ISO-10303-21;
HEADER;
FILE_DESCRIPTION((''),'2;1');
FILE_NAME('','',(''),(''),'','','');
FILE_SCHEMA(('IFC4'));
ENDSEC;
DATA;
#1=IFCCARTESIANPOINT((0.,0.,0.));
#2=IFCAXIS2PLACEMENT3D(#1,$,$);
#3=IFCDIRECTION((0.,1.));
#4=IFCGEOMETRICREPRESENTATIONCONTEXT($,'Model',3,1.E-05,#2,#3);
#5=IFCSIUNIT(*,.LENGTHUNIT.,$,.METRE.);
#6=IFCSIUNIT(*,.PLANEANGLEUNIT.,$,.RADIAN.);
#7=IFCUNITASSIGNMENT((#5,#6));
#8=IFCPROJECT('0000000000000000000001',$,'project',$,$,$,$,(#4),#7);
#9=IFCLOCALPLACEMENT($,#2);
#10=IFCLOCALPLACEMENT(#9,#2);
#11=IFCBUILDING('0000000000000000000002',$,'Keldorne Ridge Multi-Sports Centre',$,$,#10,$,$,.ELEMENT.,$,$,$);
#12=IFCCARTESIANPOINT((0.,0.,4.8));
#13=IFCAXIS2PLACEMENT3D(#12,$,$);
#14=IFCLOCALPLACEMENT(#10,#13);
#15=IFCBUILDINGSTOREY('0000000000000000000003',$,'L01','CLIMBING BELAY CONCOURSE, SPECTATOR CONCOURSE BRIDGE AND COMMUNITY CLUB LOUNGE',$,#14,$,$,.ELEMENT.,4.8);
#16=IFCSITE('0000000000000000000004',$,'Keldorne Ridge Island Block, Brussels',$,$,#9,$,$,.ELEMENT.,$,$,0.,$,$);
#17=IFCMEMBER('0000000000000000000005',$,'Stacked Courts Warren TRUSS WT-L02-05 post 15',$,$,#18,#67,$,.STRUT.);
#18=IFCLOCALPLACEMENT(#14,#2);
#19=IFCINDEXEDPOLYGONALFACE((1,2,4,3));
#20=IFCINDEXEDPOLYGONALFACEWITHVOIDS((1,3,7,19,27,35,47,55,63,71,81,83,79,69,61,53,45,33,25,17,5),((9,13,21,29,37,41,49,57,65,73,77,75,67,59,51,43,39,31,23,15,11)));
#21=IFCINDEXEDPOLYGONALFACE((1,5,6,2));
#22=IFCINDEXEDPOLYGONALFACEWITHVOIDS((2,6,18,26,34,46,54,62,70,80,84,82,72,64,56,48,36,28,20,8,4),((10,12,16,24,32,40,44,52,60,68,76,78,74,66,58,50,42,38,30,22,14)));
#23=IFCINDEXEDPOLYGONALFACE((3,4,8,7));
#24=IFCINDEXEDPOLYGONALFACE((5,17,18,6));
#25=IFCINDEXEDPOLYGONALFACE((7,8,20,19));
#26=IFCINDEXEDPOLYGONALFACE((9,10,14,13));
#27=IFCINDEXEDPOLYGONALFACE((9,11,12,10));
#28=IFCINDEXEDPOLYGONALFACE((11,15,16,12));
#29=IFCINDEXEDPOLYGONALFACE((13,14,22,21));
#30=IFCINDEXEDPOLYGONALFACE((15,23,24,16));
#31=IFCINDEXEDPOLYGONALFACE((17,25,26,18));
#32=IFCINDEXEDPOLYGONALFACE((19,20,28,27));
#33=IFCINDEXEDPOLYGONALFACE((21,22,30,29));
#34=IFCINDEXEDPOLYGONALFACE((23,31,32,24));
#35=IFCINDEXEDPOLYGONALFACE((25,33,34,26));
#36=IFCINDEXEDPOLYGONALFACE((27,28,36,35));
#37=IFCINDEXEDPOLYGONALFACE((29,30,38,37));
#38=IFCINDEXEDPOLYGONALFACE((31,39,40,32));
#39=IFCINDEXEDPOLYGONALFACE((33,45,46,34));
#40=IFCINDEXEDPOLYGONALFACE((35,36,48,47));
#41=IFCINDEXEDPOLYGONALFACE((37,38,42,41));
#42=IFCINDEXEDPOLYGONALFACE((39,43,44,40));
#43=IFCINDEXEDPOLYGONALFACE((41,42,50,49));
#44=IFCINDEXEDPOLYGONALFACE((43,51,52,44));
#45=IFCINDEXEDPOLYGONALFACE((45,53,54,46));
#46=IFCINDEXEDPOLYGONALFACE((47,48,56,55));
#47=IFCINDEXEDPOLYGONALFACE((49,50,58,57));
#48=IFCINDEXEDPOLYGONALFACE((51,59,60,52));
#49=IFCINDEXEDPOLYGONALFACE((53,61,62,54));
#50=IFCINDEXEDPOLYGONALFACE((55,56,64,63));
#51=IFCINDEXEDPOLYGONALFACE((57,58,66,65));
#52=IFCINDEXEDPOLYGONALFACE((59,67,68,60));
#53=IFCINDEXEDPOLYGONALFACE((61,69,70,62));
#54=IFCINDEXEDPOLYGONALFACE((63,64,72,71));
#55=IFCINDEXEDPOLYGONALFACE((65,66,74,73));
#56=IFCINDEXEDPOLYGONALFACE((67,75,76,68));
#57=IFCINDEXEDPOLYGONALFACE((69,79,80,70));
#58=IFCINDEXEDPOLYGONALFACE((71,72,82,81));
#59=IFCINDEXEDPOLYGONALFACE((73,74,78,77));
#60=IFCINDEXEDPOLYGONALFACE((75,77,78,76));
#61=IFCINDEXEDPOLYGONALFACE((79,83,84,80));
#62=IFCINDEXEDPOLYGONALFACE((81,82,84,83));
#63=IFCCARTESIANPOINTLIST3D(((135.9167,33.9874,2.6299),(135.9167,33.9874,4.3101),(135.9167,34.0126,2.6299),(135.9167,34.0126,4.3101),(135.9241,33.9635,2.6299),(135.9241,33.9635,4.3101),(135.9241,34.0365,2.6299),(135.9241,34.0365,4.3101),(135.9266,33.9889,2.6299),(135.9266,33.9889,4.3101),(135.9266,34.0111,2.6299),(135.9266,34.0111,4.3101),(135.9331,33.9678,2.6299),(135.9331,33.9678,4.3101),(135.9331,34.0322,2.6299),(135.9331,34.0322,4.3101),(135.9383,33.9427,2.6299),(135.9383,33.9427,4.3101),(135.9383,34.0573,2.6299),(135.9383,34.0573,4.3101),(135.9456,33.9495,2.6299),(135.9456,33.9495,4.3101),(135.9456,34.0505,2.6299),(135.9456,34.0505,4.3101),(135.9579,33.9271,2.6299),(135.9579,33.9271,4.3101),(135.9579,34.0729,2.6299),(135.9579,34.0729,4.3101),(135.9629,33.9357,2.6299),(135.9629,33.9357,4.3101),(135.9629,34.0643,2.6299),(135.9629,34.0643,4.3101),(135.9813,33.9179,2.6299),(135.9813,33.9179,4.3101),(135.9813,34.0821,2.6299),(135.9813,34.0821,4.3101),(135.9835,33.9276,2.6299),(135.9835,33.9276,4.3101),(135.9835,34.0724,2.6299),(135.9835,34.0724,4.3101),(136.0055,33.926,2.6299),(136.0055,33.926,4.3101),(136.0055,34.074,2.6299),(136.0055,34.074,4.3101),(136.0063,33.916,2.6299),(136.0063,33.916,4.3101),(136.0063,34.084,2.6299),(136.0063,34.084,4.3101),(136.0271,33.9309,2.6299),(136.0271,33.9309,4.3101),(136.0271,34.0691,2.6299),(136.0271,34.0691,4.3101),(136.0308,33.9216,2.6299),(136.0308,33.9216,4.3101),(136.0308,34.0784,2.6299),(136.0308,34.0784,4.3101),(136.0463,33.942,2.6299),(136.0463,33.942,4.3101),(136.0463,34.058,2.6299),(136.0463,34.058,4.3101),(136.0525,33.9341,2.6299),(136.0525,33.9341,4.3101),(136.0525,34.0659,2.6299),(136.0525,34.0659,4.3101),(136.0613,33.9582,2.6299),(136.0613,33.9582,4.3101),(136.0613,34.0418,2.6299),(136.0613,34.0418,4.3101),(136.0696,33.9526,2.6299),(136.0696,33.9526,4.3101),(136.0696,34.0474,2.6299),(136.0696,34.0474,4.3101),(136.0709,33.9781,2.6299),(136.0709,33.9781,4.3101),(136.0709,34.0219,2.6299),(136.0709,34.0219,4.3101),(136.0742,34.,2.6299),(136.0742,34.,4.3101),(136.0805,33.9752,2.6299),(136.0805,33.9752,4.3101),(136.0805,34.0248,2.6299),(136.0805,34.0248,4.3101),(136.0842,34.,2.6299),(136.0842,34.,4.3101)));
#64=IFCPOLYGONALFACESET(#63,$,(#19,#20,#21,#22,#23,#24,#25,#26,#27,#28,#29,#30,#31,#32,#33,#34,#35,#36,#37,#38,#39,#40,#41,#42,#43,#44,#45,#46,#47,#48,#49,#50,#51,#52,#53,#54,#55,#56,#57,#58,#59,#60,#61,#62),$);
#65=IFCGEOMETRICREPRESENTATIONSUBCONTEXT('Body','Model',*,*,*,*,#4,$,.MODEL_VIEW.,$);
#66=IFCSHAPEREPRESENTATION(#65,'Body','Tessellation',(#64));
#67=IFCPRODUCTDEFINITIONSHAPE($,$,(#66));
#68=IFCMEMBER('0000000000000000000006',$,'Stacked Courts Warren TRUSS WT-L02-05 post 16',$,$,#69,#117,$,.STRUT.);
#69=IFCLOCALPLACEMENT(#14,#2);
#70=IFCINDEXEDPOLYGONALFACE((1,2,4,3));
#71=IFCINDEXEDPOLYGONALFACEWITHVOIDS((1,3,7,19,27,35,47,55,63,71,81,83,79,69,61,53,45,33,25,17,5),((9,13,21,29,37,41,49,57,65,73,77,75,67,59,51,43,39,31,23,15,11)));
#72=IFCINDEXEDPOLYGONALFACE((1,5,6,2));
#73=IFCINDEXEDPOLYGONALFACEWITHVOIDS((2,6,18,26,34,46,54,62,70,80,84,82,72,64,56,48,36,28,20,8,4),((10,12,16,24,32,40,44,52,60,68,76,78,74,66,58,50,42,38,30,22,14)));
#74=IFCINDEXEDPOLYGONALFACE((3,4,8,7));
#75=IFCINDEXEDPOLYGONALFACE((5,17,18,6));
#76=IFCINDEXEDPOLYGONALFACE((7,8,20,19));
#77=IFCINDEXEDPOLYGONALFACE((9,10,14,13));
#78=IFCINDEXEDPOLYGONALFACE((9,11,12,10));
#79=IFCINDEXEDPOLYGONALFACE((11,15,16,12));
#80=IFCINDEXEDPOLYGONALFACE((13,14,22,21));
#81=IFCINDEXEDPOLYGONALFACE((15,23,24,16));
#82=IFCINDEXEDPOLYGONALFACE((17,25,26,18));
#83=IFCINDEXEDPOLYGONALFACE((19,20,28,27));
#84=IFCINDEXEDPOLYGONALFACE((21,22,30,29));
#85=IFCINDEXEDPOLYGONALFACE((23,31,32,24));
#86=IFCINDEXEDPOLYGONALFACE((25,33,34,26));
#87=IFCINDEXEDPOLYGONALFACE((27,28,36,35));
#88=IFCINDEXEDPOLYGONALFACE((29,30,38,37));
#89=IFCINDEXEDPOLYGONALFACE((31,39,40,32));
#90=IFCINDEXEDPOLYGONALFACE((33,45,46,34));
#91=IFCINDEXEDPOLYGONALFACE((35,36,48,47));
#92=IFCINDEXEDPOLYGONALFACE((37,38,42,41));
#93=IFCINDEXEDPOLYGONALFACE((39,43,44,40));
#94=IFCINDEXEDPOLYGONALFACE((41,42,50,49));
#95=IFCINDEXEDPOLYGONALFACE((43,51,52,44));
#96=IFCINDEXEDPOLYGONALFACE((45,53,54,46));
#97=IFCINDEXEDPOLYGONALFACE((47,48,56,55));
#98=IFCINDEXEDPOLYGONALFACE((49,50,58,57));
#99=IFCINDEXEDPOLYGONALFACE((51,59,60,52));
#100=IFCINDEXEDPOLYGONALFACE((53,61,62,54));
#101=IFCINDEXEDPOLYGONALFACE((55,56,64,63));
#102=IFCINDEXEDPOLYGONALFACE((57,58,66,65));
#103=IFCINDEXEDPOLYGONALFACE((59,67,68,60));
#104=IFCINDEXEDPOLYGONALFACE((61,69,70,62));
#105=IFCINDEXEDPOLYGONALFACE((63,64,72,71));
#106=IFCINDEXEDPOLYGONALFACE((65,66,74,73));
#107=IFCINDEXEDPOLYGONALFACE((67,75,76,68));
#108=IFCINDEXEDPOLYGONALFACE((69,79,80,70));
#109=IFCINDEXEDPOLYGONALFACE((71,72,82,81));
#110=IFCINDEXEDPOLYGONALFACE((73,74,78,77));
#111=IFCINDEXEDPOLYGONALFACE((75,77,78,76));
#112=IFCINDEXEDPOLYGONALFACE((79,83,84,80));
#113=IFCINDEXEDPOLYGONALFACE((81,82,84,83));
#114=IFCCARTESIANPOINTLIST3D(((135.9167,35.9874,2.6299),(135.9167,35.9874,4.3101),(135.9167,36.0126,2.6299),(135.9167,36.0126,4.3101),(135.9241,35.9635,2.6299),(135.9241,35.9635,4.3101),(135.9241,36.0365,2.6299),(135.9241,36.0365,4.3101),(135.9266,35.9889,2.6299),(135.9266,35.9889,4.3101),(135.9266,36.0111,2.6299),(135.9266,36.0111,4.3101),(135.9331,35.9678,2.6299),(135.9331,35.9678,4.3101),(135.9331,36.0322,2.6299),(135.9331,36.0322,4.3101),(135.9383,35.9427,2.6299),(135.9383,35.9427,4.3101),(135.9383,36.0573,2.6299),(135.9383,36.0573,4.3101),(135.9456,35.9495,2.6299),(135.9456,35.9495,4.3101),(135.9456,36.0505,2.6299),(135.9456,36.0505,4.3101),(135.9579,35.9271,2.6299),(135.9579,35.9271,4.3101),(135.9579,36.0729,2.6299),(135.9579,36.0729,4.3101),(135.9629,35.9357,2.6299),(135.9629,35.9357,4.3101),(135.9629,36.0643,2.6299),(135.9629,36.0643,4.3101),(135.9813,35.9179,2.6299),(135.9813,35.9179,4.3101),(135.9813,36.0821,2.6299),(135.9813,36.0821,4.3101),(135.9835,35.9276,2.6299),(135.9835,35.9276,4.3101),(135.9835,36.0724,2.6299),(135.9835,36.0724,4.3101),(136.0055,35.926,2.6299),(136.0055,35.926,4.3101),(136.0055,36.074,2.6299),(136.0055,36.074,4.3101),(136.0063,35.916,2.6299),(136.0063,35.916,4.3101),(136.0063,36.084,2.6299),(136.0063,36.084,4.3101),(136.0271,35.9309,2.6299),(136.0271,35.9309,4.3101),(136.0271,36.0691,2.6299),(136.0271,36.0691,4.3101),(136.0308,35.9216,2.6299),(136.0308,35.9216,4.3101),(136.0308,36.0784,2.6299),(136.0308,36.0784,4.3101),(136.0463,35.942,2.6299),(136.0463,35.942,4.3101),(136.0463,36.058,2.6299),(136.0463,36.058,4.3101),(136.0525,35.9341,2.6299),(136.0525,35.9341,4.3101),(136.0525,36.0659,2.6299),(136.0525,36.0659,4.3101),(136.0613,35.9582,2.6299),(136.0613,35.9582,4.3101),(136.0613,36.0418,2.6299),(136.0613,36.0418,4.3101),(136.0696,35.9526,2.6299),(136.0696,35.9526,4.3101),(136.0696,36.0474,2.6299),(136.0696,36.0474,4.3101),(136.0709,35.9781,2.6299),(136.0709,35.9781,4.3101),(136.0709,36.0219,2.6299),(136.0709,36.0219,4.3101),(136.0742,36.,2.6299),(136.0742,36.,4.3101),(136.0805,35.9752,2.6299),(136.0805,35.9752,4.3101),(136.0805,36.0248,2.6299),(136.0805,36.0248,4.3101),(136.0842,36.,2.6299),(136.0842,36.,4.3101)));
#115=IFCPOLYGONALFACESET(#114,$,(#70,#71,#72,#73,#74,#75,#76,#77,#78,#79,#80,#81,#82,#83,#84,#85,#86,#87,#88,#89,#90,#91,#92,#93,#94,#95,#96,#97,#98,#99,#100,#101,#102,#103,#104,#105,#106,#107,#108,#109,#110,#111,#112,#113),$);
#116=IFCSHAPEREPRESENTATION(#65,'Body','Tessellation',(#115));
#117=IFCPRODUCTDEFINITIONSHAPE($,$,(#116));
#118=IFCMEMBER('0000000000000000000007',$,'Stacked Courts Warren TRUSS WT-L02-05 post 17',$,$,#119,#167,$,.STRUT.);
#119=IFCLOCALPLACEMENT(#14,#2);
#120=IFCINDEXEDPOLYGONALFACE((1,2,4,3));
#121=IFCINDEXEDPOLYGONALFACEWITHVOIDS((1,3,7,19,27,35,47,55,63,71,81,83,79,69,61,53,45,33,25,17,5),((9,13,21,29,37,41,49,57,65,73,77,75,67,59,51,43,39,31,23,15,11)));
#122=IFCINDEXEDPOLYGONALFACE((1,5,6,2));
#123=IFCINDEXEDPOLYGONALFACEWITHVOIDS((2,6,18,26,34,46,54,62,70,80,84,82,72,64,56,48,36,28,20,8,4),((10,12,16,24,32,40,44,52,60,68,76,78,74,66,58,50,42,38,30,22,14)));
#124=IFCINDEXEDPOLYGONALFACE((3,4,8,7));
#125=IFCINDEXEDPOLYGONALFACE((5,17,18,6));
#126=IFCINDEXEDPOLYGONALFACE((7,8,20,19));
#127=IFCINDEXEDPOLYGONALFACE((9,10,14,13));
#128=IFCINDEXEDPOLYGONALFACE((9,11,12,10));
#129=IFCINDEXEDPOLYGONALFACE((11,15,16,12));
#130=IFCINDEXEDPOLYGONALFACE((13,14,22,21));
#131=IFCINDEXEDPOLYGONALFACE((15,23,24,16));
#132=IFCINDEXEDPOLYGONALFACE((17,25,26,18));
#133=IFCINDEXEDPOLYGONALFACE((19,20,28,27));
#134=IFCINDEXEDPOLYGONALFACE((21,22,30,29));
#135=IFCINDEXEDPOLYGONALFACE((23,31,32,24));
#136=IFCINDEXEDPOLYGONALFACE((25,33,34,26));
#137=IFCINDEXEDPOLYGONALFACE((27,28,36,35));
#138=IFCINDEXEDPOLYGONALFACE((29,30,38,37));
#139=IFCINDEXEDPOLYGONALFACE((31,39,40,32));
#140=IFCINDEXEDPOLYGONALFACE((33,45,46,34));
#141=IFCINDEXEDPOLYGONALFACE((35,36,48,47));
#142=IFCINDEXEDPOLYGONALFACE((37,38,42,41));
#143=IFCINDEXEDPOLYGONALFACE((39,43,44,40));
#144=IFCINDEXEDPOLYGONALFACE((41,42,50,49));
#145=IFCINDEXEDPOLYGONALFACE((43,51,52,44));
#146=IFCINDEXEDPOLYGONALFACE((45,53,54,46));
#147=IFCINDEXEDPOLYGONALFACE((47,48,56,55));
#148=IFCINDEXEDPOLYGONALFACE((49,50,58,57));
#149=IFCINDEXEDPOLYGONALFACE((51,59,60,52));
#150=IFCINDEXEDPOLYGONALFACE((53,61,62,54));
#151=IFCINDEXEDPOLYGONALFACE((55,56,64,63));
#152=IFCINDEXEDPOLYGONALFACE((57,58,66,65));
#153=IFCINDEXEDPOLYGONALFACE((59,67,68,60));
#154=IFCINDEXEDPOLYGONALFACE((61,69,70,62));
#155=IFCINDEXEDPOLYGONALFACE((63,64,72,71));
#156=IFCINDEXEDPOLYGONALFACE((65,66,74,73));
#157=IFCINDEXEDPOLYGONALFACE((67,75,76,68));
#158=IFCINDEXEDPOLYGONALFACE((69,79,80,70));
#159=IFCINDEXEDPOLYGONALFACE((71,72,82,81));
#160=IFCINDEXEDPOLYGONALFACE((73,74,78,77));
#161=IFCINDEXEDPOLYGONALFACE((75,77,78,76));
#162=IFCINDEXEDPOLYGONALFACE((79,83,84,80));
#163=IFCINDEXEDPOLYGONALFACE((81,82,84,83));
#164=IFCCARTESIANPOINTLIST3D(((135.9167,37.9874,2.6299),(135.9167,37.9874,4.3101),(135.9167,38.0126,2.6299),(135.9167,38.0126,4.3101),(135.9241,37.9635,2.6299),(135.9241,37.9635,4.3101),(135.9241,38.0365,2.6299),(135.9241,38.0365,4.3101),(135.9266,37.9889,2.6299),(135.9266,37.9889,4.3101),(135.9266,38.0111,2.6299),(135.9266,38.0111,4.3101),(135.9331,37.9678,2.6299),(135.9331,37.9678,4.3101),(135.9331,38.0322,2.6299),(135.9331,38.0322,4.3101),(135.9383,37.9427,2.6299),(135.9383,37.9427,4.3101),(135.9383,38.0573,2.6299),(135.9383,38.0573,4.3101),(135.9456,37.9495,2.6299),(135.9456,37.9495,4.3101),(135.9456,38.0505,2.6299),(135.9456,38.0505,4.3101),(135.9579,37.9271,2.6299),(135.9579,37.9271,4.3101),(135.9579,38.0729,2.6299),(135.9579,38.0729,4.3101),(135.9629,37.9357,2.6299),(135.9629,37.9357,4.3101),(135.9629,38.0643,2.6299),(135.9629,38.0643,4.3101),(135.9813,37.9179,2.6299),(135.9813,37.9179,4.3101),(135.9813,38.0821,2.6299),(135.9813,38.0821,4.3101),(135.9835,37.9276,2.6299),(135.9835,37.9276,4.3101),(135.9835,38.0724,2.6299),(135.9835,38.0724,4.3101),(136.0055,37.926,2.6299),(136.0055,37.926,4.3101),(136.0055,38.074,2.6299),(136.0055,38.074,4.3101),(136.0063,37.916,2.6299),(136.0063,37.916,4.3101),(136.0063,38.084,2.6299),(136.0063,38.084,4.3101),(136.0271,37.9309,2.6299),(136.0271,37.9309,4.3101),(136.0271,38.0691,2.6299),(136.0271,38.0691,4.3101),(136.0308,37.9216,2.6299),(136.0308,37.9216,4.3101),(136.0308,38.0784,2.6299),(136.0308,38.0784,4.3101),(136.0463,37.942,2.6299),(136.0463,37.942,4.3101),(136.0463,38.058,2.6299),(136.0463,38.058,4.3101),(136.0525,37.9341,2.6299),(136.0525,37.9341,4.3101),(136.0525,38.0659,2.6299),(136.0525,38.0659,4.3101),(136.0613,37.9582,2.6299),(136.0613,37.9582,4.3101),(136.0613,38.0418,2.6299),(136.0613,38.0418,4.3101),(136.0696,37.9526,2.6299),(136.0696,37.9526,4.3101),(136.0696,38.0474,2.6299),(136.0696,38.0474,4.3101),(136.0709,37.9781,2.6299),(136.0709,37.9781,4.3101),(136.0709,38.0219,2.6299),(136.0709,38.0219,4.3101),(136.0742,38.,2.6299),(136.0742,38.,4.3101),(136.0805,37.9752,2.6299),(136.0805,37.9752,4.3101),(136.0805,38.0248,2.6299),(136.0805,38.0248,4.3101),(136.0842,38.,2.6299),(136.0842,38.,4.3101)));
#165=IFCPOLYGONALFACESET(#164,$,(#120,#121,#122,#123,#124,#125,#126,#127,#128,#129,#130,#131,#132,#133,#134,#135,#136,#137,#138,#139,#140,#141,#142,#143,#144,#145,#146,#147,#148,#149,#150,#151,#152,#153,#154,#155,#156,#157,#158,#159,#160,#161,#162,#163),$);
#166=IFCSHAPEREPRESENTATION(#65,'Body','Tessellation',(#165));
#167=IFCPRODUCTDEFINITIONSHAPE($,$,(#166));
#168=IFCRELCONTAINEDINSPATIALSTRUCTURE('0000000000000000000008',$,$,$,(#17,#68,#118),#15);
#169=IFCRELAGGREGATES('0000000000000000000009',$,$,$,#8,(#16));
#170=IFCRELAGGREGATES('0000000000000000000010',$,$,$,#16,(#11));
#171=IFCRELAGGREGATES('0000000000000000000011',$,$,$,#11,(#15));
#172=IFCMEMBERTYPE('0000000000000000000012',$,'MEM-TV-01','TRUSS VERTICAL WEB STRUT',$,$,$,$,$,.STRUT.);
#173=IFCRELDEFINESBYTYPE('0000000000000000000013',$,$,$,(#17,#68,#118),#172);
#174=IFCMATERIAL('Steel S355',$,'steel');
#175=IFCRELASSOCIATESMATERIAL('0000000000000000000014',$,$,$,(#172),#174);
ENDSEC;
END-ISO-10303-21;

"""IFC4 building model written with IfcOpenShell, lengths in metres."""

from ifc_helpers import new_model, si_unit, direction, frame, origin, origin_2d, place, context, subcontext, project, spatial, hollow_circle, extrude, material, material_profile, profile_set, type_object, element, save


model = new_model("IFC4")

# Units and contexts
model_context = context("Model", 3, precision=1e-05, world=origin(), true_north=direction((0.0, 1.0)))
body_context = subcontext(model_context, "Body", "Model", "MODEL_VIEW")
ifc_project = project(units=[si_unit("LENGTHUNIT", "METRE"), si_unit("PLANEANGLEUNIT", "RADIAN")], contexts=[model_context])

# Site, building, storey
site_placement = place(None, origin())
site = spatial("IfcSite", under=ifc_project, at=site_placement, Name="Keldorne Ridge Island Block, Brussels", CompositionType="ELEMENT", RefElevation=0.0)
building_placement = place(site_placement, origin())
building = spatial("IfcBuilding", under=site, at=building_placement, Name="Keldorne Ridge Multi-Sports Centre", CompositionType="ELEMENT")
storey_placement = place(building_placement, frame((0.0, 0.0, 4.8)))
storey = spatial("IfcBuildingStorey", under=building, at=storey_placement, Name="L01", Description="CLIMBING BELAY CONCOURSE, SPECTATOR CONCOURSE BRIDGE AND COMMUNITY CLUB LOUNGE", CompositionType="ELEMENT", Elevation=4.8)

# Members
ifc_material = material(Name="Steel S355", Category="steel")
ifc_material_profile_1 = material_profile(ifc_material, hollow_circle(Radius=0.0842, WallThickness=0.01, at=origin_2d()), Name="CHS 168.3x10")
ifc_profile_set_1 = profile_set([ifc_material_profile_1], Name="Steel S355")
member_type_1 = type_object("IfcMemberType", Name="MEM-TV-01", Description="TRUSS VERTICAL WEB STRUT", PredefinedType="STRUT", material=ifc_profile_set_1)
for number, where, z_axis, x_axis, name in (
    (1, (136.0, 34.0, 2.6299), (0.0, 0.0, 1.0), (1.0, 0.0, 0.0), "Stacked Courts Warren TRUSS WT-L02-05 post 15"),
    (2, (136.0, 36.0, 2.6299), (0.0, 0.0, 1.0), (1.0, 0.0, 0.0), "Stacked Courts Warren TRUSS WT-L02-05 post 16"),
    (3, (136.0, 38.0, 2.6299), (0.0, 0.0, 1.0), (1.0, 0.0, 0.0), "Stacked Courts Warren TRUSS WT-L02-05 post 17"),
):
    element("IfcMember", number, at=place(storey_placement, frame(where, z_axis=z_axis, x_axis=x_axis)), inside=storey, type_object=member_type_1, Name=name, PredefinedType="STRUT", context=body_context, shape_type="SweptSolid", body=[
        extrude(hollow_circle(Radius=0.0842, WallThickness=0.01, at=origin_2d()), origin(), (0.0, 0.0, 1.0), 1.6802),
    ])

save(model, "model.ifc")
